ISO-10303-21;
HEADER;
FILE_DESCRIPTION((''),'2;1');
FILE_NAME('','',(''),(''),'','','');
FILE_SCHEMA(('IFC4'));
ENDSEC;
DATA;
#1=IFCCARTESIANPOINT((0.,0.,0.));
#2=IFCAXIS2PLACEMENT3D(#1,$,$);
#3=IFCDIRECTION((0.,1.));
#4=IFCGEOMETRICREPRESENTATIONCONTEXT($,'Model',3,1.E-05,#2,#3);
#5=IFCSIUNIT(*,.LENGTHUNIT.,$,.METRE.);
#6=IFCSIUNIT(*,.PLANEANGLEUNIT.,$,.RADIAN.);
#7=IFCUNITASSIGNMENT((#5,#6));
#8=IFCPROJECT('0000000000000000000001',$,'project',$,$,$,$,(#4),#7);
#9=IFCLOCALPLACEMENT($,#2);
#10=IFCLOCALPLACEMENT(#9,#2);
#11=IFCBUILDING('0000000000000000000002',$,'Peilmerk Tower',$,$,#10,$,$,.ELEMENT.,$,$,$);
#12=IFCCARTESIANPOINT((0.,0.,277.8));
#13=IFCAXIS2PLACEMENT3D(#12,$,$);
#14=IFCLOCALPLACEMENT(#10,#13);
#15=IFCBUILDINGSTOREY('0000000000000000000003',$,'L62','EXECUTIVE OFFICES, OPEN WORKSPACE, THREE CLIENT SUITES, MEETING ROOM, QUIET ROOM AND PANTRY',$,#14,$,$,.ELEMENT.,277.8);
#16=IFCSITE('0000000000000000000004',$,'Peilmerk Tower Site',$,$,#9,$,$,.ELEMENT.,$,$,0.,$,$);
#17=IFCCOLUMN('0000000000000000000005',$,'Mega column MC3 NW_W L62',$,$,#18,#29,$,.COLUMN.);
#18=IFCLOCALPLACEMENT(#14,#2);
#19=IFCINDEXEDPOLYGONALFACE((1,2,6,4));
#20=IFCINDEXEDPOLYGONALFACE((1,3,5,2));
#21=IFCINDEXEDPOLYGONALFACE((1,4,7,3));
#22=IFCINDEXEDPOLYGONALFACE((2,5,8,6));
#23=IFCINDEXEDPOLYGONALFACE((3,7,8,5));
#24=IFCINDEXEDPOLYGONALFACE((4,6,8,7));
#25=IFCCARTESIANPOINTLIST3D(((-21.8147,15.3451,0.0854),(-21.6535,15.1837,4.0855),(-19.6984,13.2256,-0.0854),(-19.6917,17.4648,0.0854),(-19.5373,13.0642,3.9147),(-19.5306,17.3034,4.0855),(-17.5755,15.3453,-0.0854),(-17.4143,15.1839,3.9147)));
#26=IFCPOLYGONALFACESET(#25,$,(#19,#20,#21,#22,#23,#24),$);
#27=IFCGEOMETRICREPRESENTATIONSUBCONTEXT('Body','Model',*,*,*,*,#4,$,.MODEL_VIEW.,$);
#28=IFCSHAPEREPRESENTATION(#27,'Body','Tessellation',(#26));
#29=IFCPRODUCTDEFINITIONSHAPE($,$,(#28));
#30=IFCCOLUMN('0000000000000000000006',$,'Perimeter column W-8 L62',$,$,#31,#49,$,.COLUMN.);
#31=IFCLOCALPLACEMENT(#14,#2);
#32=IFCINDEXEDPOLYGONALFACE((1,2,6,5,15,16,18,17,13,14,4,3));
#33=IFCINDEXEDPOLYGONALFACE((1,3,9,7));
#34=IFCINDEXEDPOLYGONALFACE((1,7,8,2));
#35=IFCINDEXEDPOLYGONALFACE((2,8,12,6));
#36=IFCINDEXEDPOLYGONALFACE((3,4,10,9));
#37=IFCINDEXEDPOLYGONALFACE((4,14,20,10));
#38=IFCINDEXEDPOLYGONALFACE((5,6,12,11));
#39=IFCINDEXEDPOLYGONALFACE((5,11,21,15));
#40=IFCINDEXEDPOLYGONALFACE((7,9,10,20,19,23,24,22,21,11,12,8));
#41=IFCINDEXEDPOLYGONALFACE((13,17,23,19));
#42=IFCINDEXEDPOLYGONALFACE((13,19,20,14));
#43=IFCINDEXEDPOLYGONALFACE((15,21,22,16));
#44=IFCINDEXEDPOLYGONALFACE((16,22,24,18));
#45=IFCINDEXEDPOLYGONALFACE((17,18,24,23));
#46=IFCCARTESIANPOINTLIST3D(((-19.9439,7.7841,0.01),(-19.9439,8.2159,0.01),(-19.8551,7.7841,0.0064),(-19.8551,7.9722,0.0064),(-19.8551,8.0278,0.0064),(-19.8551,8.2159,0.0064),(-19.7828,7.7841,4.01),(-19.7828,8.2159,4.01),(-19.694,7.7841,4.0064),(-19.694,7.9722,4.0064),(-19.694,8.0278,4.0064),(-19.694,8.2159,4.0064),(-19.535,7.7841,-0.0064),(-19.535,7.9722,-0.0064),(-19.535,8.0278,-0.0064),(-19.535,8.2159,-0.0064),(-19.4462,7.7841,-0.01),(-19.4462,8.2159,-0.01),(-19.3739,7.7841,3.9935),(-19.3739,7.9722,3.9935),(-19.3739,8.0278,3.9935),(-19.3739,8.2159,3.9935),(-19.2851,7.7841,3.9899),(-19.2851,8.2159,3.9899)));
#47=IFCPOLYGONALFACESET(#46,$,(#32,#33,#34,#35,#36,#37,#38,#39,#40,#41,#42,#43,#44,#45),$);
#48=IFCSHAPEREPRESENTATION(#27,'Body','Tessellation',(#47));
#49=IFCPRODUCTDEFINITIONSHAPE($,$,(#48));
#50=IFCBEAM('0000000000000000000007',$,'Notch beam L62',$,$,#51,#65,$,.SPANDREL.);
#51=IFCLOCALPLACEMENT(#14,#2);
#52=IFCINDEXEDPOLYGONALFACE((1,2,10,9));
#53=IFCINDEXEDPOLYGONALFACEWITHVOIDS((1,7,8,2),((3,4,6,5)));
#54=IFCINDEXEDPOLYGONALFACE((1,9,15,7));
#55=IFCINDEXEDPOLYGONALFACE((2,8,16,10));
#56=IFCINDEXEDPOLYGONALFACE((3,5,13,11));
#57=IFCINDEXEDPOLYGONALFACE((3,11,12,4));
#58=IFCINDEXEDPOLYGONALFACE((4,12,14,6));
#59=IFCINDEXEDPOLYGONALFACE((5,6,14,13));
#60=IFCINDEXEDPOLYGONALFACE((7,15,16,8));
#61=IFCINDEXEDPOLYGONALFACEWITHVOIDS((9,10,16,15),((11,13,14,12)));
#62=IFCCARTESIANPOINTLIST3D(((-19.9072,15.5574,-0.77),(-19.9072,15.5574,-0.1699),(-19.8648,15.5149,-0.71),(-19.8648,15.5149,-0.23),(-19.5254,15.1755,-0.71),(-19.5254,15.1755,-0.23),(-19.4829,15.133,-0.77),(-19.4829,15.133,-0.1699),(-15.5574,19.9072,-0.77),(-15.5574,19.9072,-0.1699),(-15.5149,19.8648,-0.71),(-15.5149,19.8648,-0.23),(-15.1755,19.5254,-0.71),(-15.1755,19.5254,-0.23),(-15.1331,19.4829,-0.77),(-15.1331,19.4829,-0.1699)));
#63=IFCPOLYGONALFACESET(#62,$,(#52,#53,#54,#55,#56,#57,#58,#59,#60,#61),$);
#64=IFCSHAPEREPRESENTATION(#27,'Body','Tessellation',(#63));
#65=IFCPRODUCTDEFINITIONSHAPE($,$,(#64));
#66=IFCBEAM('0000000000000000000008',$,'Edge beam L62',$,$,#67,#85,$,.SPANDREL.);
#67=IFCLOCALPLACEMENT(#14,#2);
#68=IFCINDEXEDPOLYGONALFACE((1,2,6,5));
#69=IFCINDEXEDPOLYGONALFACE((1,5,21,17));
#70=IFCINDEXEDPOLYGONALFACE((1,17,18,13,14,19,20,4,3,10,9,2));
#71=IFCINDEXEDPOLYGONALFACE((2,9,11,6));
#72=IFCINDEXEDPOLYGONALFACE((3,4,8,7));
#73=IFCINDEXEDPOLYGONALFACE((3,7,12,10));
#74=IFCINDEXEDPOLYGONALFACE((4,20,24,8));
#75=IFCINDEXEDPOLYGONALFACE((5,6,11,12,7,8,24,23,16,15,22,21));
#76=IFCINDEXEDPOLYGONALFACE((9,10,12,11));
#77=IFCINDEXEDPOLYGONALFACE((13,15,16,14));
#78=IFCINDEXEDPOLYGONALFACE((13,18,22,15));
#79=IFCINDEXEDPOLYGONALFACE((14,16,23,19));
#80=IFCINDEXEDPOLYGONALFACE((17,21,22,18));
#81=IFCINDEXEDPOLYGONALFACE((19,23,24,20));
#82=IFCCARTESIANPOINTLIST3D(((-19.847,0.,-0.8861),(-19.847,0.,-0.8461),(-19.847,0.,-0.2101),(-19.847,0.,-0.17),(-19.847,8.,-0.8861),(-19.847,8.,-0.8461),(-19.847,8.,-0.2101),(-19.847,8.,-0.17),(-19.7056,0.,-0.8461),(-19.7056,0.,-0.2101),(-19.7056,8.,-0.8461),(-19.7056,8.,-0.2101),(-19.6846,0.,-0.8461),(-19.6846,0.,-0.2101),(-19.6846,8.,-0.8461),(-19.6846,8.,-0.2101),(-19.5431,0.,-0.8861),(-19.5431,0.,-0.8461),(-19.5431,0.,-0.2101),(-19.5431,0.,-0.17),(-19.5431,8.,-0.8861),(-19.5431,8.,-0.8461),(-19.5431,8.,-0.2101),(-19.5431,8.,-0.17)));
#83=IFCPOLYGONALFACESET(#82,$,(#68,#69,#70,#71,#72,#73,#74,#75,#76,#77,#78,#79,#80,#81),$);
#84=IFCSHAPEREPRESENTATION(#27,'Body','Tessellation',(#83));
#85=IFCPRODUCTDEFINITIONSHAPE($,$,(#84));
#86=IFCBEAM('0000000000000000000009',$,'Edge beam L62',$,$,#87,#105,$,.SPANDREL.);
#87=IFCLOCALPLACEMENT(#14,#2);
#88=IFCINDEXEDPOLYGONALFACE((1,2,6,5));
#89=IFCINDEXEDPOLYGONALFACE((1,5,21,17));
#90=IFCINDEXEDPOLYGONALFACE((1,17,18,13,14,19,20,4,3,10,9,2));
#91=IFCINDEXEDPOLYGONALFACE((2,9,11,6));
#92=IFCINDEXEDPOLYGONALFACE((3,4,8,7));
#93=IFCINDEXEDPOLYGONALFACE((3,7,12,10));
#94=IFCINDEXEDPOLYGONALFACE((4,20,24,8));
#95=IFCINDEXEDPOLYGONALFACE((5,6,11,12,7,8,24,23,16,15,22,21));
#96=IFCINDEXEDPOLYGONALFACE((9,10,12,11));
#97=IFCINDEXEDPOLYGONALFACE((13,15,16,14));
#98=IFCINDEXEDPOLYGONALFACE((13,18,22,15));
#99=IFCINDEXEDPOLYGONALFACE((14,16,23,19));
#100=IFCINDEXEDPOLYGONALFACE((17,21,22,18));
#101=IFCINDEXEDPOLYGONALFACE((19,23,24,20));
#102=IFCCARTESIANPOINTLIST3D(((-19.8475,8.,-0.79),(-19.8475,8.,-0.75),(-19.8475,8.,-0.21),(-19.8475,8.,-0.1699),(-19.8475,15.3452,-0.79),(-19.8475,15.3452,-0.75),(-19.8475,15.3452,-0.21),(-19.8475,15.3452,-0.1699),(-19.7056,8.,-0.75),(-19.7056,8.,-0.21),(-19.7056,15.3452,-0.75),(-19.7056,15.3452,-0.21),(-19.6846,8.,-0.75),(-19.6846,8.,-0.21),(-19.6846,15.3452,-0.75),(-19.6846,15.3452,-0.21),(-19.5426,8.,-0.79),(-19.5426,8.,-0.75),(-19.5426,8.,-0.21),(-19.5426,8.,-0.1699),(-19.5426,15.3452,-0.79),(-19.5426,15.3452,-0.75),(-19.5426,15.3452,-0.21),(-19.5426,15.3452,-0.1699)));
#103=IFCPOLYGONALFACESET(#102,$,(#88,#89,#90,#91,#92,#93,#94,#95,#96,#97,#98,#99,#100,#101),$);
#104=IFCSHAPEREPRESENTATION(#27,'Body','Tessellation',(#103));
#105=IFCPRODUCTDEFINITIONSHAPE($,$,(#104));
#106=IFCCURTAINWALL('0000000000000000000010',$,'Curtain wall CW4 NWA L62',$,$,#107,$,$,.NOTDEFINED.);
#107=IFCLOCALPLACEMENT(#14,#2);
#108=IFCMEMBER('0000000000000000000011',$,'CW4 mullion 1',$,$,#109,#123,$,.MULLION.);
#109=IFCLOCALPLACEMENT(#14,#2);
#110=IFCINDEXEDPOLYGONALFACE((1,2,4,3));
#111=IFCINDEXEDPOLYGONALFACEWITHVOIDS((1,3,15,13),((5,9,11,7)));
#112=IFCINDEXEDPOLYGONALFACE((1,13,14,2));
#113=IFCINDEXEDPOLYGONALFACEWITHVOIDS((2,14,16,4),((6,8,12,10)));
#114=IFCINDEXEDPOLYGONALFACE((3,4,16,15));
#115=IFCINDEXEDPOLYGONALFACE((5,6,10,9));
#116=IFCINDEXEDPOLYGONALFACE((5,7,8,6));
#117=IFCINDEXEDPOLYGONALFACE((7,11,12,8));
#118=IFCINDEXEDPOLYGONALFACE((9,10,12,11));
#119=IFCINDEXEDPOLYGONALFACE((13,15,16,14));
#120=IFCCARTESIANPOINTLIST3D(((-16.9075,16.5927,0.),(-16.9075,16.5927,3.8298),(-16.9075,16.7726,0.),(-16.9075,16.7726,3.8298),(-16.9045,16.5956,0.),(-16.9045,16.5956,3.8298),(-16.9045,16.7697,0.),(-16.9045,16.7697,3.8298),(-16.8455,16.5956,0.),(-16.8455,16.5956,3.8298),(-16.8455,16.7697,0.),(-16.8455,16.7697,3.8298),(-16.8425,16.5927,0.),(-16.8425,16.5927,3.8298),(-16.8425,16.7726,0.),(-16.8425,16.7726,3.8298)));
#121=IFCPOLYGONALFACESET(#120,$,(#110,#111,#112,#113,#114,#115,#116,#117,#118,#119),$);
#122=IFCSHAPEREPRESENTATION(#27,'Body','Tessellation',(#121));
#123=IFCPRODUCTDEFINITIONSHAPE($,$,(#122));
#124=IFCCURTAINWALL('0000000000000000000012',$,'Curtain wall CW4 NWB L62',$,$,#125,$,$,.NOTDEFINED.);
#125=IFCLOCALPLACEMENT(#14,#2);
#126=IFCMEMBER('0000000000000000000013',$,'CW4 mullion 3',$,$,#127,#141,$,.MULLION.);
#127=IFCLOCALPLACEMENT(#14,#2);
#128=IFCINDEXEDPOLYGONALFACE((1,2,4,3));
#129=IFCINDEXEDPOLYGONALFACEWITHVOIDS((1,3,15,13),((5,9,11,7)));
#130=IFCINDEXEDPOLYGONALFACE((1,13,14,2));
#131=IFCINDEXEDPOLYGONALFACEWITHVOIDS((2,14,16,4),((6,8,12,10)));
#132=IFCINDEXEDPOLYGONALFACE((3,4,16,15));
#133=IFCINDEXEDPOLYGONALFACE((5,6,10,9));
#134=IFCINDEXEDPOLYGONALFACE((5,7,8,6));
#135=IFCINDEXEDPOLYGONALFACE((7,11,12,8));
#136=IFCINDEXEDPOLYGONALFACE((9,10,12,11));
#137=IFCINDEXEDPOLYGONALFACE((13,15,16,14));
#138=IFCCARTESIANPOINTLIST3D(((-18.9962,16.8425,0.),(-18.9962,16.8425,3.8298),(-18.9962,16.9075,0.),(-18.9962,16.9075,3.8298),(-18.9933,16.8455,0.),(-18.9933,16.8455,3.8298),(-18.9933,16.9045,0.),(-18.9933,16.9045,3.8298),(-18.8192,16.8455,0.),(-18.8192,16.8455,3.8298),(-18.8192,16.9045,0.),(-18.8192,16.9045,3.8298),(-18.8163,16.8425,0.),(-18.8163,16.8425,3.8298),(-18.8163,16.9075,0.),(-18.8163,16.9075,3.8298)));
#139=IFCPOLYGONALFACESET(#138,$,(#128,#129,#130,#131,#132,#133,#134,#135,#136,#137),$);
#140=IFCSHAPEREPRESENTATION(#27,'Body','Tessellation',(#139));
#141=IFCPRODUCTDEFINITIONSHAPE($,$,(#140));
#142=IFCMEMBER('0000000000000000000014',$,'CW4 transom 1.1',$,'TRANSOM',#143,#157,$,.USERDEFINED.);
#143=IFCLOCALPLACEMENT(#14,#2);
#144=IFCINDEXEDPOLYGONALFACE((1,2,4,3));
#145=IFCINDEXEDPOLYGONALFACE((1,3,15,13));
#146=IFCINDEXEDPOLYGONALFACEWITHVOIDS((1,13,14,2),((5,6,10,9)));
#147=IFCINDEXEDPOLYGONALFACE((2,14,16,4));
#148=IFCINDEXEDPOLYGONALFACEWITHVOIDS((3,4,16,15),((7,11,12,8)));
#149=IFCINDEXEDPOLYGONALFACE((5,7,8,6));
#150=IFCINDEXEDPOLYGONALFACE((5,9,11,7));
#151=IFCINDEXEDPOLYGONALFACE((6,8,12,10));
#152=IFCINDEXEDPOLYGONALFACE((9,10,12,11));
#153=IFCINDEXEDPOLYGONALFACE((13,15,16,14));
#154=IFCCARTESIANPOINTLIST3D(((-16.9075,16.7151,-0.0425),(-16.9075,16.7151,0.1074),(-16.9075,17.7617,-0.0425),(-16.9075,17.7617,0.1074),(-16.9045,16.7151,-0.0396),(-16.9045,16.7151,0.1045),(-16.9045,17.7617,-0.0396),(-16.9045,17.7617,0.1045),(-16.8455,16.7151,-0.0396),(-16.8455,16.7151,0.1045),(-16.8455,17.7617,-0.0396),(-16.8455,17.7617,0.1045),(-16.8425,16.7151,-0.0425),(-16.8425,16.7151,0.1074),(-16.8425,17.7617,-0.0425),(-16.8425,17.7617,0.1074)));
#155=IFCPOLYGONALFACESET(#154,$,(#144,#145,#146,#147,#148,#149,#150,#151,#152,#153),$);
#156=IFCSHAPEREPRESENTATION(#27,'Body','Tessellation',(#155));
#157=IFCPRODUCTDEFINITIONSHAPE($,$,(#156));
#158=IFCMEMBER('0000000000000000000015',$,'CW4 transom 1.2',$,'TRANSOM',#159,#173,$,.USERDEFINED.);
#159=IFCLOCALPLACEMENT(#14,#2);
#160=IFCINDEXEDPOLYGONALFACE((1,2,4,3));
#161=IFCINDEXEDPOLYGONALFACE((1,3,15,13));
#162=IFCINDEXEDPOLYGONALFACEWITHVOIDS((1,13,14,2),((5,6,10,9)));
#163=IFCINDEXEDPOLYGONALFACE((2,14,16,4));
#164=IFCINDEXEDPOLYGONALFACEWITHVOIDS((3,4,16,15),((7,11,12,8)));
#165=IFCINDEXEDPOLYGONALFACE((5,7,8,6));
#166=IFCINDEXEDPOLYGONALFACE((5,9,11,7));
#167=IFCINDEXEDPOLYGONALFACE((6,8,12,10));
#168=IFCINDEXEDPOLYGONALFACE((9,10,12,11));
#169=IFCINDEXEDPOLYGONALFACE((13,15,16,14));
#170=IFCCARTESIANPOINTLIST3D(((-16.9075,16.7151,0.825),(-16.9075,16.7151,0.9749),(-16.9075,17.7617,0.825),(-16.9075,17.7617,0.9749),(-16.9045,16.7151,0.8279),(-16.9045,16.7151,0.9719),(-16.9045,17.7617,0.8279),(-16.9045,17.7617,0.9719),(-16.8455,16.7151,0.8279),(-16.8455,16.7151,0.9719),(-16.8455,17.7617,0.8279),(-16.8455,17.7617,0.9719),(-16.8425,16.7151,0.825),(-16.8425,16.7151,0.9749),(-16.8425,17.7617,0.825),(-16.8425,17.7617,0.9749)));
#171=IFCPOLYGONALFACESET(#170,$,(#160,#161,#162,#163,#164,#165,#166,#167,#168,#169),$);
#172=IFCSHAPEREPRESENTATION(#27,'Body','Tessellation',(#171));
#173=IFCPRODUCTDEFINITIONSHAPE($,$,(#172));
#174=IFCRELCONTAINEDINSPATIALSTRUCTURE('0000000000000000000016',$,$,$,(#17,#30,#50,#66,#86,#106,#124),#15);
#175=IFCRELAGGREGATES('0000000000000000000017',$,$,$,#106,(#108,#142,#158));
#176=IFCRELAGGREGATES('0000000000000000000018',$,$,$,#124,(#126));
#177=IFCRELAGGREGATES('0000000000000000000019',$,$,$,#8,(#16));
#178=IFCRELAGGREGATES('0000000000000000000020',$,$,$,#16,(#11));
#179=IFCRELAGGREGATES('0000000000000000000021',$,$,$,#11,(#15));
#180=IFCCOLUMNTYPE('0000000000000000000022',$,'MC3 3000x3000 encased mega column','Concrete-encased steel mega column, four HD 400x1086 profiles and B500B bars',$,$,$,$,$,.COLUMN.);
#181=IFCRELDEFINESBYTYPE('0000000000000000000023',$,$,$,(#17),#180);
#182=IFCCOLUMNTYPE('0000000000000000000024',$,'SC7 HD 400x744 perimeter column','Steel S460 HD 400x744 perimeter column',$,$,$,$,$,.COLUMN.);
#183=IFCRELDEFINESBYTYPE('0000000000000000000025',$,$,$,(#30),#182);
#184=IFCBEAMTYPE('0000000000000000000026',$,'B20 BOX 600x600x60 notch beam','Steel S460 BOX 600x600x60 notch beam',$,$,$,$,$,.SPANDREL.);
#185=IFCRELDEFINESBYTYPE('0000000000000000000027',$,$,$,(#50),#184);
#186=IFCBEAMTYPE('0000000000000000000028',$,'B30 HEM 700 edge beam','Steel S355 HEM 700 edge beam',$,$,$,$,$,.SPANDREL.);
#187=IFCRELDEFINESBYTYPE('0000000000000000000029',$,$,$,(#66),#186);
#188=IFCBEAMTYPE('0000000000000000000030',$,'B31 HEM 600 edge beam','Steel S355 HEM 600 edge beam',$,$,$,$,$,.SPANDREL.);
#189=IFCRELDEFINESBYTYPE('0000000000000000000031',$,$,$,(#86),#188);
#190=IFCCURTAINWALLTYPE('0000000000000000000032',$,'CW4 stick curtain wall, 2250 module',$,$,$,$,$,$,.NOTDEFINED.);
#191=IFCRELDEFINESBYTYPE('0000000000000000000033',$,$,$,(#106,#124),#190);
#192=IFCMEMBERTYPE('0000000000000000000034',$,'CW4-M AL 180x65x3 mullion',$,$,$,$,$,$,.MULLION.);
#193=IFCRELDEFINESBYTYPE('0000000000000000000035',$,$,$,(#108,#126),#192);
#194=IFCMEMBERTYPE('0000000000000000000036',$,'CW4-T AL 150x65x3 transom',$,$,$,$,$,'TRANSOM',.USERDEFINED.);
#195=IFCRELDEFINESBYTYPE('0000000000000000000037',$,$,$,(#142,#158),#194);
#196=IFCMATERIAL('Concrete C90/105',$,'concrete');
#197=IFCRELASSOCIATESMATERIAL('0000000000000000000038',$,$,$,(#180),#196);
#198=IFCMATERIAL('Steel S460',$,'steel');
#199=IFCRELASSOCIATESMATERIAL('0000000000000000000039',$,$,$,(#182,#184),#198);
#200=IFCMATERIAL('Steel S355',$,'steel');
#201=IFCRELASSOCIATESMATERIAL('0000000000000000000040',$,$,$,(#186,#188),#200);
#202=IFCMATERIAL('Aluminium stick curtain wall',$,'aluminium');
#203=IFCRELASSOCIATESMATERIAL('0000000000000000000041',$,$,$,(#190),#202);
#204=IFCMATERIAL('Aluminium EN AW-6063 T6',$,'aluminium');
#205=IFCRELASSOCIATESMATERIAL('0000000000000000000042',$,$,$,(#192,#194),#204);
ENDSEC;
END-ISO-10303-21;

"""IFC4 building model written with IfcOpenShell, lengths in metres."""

from ifc_helpers import new_model, si_unit, direction, frame, origin, origin_2d, place, context, subcontext, project, spatial, rectangle, hollow_rectangle, i_section, extrude, material, material_profile, profile_set, type_object, element, aggregate, save


model = new_model("IFC4")

# Units and contexts
model_context = context("Model", 3, precision=1e-05, world=origin(), true_north=direction((0.0, 1.0)))
body_context = subcontext(model_context, "Body", "Model", "MODEL_VIEW")
ifc_project = project(units=[si_unit("LENGTHUNIT", "METRE"), si_unit("PLANEANGLEUNIT", "RADIAN")], contexts=[model_context])

# Site, building, storey
site_placement = place(None, origin())
site = spatial("IfcSite", under=ifc_project, at=site_placement, Name="Peilmerk Tower Site", CompositionType="ELEMENT", RefElevation=0.0)
building_placement = place(site_placement, origin())
building = spatial("IfcBuilding", under=site, at=building_placement, Name="Peilmerk Tower", CompositionType="ELEMENT")
storey_placement = place(building_placement, frame((0.0, 0.0, 277.8)))
storey = spatial("IfcBuildingStorey", under=building, at=storey_placement, Name="L62", Description="EXECUTIVE OFFICES, OPEN WORKSPACE, THREE CLIENT SUITES, MEETING ROOM, QUIET ROOM AND PANTRY", CompositionType="ELEMENT", Elevation=277.8)

# Columns
ifc_material_1 = material(Name="Concrete C90/105", Category="concrete")
ifc_material_profile_1 = material_profile(ifc_material_1, rectangle(XDim=3.0, YDim=3.0, at=origin_2d()), Name="RC 3000x3000")
ifc_profile_set_1 = profile_set([ifc_material_profile_1], Name="Concrete C90/105")
column_type_1 = type_object("IfcColumnType", Name="MC3 3000x3000 encased mega column", Description="Concrete-encased steel mega column, four HD 400x1086 profiles and B500B bars", PredefinedType="COLUMN", material=ifc_profile_set_1)
column_1_placement = place(storey_placement, frame((-19.6951, 15.3452, 0.0), z_axis=(0.040218, -0.040279, 0.998379), x_axis=(0.707642, 0.706571, 0.0)))
element("IfcColumn", 1, at=column_1_placement, inside=storey, type_object=column_type_1, Name="Mega column MC3 NW_W L62", PredefinedType="COLUMN", context=body_context, shape_type="SweptSolid", body=[
    extrude(rectangle(XDim=3.0, YDim=3.0, at=origin_2d()), origin(), (0.0, 0.0, 1.0), 4.0066),
])
ifc_material_2 = material(Name="Steel S460", Category="steel")
ifc_material_profile_2 = material_profile(ifc_material_2, i_section(OverallWidth=0.4319, OverallDepth=0.498, WebThickness=0.0557, FlangeThickness=0.0889, at=origin_2d()), Name="HD 400x744")
ifc_profile_set_2 = profile_set([ifc_material_profile_2], Name="Steel S460")
column_type_2 = type_object("IfcColumnType", Name="SC7 HD 400x744 perimeter column", Description="Steel S460 HD 400x744 perimeter column", PredefinedType="COLUMN", material=ifc_profile_set_2)
column_2_placement = place(storey_placement, frame((-19.6951, 8.0, 0.0), z_axis=(0.040251, 0.0, 0.99919), x_axis=(0.0, 1.0, 0.0)))
element("IfcColumn", 2, at=column_2_placement, inside=storey, type_object=column_type_2, Name="Perimeter column W-8 L62", PredefinedType="COLUMN", context=body_context, shape_type="SweptSolid", body=[
    extrude(i_section(OverallWidth=0.4319, OverallDepth=0.498, WebThickness=0.0557, FlangeThickness=0.0889, at=origin_2d()), origin(), (0.0, 0.0, 1.0), 4.0032),
])

# Beams
ifc_material_profile_3 = material_profile(ifc_material_2, hollow_rectangle(XDim=0.6001, YDim=0.6001, WallThickness=0.0601, at=origin_2d()), Name="BOX 600x600x60")
ifc_profile_set_3 = profile_set([ifc_material_profile_3], Name="Steel S460")
beam_type_1 = type_object("IfcBeamType", Name="B20 BOX 600x600x60 notch beam", Description="Steel S460 BOX 600x600x60 notch beam", PredefinedType="SPANDREL", material=ifc_profile_set_3)
beam_1_placement = place(storey_placement, frame((-19.6951, 15.3452, -0.47), z_axis=(0.707107, 0.707107, 0.0), x_axis=(-0.707107, 0.707107, 0.0)))
element("IfcBeam", 3, at=beam_1_placement, inside=storey, type_object=beam_type_1, Name="Notch beam L62", PredefinedType="SPANDREL", context=body_context, shape_type="SweptSolid", body=[
    extrude(hollow_rectangle(XDim=0.6001, YDim=0.6001, WallThickness=0.0601, at=origin_2d()), origin(), (0.0, 0.0, 1.0), 6.1516),
])
ifc_material_3 = material(Name="Steel S355", Category="steel")
ifc_material_profile_4 = material_profile(ifc_material_3, i_section(OverallWidth=0.304, OverallDepth=0.7161, WebThickness=0.021, FlangeThickness=0.04, at=origin_2d()), Name="HEM 700")
ifc_profile_set_4 = profile_set([ifc_material_profile_4], Name="Steel S355")
beam_type_2 = type_object("IfcBeamType", Name="B30 HEM 700 edge beam", Description="Steel S355 HEM 700 edge beam", PredefinedType="SPANDREL", material=ifc_profile_set_4)
beam_2_placement = place(storey_placement, frame((-19.6951, 8.0, -0.5281), z_axis=(0.0, -1.0, 0.0), x_axis=(1.0, 0.0, 0.0)))
element("IfcBeam", 4, at=beam_2_placement, inside=storey, type_object=beam_type_2, Name="Edge beam L62", PredefinedType="SPANDREL", context=body_context, shape_type="SweptSolid", body=[
    extrude(i_section(OverallWidth=0.304, OverallDepth=0.7161, WebThickness=0.021, FlangeThickness=0.04, at=origin_2d()), origin(), (0.0, 0.0, 1.0), 8.0),
])
ifc_material_profile_5 = material_profile(ifc_material_3, i_section(OverallWidth=0.3049, OverallDepth=0.6201, WebThickness=0.021, FlangeThickness=0.04, at=origin_2d()), Name="HEM 600")
ifc_profile_set_5 = profile_set([ifc_material_profile_5], Name="Steel S355")
beam_type_3 = type_object("IfcBeamType", Name="B31 HEM 600 edge beam", Description="Steel S355 HEM 600 edge beam", PredefinedType="SPANDREL", material=ifc_profile_set_5)
beam_3_placement = place(storey_placement, frame((-19.6951, 15.3452, -0.48), z_axis=(0.0, -1.0, 0.0), x_axis=(1.0, 0.0, 0.0)))
element("IfcBeam", 5, at=beam_3_placement, inside=storey, type_object=beam_type_3, Name="Edge beam L62", PredefinedType="SPANDREL", context=body_context, shape_type="SweptSolid", body=[
    extrude(i_section(OverallWidth=0.3049, OverallDepth=0.6201, WebThickness=0.021, FlangeThickness=0.04, at=origin_2d()), origin(), (0.0, 0.0, 1.0), 7.3452),
])

# Curtain walls, members
ifc_material_4 = material(Name="Aluminium stick curtain wall", Category="aluminium")
curtain_wall_type = type_object("IfcCurtainWallType", Name="CW4 stick curtain wall, 2250 module", PredefinedType="NOTDEFINED", material=ifc_material_4)
curtain_wall_1_placement = place(storey_placement, origin())
curtain_wall_1 = element("IfcCurtainWall", 6, at=curtain_wall_1_placement, inside=storey, type_object=curtain_wall_type, Name="Curtain wall CW4 NWA L62", PredefinedType="NOTDEFINED")
ifc_material_5 = material(Name="Aluminium EN AW-6063 T6", Category="aluminium")
ifc_material_profile_6 = material_profile(ifc_material_5, hollow_rectangle(XDim=0.0649, YDim=0.1799, WallThickness=0.0029, at=origin_2d()), Name="AL 180x65x3")
ifc_profile_set_6 = profile_set([ifc_material_profile_6], Name="Aluminium EN AW-6063 T6")
member_type_1 = type_object("IfcMemberType", Name="CW4-M AL 180x65x3 mullion", PredefinedType="MULLION", material=ifc_profile_set_6)
member_1_placement = place(storey_placement, frame((-16.875, 16.6826, 0.0), z_axis=(0.0, 0.0, 1.0), x_axis=(-1.0, 0.0, 0.0)))
member_1 = element("IfcMember", 7, at=member_1_placement, type_object=member_type_1, Name="CW4 mullion 1", PredefinedType="MULLION", context=body_context, shape_type="SweptSolid", body=[
    extrude(hollow_rectangle(XDim=0.0649, YDim=0.1799, WallThickness=0.0029, at=origin_2d()), origin(), (0.0, 0.0, 1.0), 3.8298),
])
curtain_wall_2_placement = place(storey_placement, origin())
curtain_wall_2 = element("IfcCurtainWall", 8, at=curtain_wall_2_placement, inside=storey, type_object=curtain_wall_type, Name="Curtain wall CW4 NWB L62", PredefinedType="NOTDEFINED")
member_2_placement = place(storey_placement, frame((-18.9062, 16.875, 0.0), z_axis=(0.0, 0.0, 1.0), x_axis=(0.0, -1.0, 0.0)))
member_2 = element("IfcMember", 9, at=member_2_placement, type_object=member_type_1, Name="CW4 mullion 3", PredefinedType="MULLION", context=body_context, shape_type="SweptSolid", body=[
    extrude(hollow_rectangle(XDim=0.0649, YDim=0.1799, WallThickness=0.0029, at=origin_2d()), origin(), (0.0, 0.0, 1.0), 3.8298),
])

# Members
ifc_material_profile_7 = material_profile(ifc_material_5, hollow_rectangle(XDim=0.0649, YDim=0.1499, WallThickness=0.0029, at=origin_2d()), Name="AL 150x65x3")
ifc_profile_set_7 = profile_set([ifc_material_profile_7], Name="Aluminium EN AW-6063 T6")
member_type_2 = type_object("IfcMemberType", Name="CW4-T AL 150x65x3 transom", ElementType="TRANSOM", PredefinedType="USERDEFINED", material=ifc_profile_set_7)
member_3_placement = place(storey_placement, frame((-16.875, 16.7151, 0.0325), z_axis=(0.0, 1.0, 0.0), x_axis=(-1.0, 0.0, 0.0)))
member_3 = element("IfcMember", 10, at=member_3_placement, type_object=member_type_2, Name="CW4 transom 1.1", ObjectType="TRANSOM", PredefinedType="USERDEFINED", context=body_context, shape_type="SweptSolid", body=[
    extrude(hollow_rectangle(XDim=0.0649, YDim=0.1499, WallThickness=0.0029, at=origin_2d()), origin(), (0.0, 0.0, 1.0), 1.0466),
])
member_4_placement = place(storey_placement, frame((-16.875, 16.7151, 0.8999), z_axis=(0.0, 1.0, 0.0), x_axis=(-1.0, 0.0, 0.0)))
member_4 = element("IfcMember", 11, at=member_4_placement, type_object=member_type_2, Name="CW4 transom 1.2", ObjectType="TRANSOM", PredefinedType="USERDEFINED", context=body_context, shape_type="SweptSolid", body=[
    extrude(hollow_rectangle(XDim=0.0649, YDim=0.1499, WallThickness=0.0029, at=origin_2d()), origin(), (0.0, 0.0, 1.0), 1.0466),
])
aggregate(curtain_wall_1, [member_1, member_3, member_4])

aggregate(curtain_wall_2, [member_2])

save(model, "model.ifc")
